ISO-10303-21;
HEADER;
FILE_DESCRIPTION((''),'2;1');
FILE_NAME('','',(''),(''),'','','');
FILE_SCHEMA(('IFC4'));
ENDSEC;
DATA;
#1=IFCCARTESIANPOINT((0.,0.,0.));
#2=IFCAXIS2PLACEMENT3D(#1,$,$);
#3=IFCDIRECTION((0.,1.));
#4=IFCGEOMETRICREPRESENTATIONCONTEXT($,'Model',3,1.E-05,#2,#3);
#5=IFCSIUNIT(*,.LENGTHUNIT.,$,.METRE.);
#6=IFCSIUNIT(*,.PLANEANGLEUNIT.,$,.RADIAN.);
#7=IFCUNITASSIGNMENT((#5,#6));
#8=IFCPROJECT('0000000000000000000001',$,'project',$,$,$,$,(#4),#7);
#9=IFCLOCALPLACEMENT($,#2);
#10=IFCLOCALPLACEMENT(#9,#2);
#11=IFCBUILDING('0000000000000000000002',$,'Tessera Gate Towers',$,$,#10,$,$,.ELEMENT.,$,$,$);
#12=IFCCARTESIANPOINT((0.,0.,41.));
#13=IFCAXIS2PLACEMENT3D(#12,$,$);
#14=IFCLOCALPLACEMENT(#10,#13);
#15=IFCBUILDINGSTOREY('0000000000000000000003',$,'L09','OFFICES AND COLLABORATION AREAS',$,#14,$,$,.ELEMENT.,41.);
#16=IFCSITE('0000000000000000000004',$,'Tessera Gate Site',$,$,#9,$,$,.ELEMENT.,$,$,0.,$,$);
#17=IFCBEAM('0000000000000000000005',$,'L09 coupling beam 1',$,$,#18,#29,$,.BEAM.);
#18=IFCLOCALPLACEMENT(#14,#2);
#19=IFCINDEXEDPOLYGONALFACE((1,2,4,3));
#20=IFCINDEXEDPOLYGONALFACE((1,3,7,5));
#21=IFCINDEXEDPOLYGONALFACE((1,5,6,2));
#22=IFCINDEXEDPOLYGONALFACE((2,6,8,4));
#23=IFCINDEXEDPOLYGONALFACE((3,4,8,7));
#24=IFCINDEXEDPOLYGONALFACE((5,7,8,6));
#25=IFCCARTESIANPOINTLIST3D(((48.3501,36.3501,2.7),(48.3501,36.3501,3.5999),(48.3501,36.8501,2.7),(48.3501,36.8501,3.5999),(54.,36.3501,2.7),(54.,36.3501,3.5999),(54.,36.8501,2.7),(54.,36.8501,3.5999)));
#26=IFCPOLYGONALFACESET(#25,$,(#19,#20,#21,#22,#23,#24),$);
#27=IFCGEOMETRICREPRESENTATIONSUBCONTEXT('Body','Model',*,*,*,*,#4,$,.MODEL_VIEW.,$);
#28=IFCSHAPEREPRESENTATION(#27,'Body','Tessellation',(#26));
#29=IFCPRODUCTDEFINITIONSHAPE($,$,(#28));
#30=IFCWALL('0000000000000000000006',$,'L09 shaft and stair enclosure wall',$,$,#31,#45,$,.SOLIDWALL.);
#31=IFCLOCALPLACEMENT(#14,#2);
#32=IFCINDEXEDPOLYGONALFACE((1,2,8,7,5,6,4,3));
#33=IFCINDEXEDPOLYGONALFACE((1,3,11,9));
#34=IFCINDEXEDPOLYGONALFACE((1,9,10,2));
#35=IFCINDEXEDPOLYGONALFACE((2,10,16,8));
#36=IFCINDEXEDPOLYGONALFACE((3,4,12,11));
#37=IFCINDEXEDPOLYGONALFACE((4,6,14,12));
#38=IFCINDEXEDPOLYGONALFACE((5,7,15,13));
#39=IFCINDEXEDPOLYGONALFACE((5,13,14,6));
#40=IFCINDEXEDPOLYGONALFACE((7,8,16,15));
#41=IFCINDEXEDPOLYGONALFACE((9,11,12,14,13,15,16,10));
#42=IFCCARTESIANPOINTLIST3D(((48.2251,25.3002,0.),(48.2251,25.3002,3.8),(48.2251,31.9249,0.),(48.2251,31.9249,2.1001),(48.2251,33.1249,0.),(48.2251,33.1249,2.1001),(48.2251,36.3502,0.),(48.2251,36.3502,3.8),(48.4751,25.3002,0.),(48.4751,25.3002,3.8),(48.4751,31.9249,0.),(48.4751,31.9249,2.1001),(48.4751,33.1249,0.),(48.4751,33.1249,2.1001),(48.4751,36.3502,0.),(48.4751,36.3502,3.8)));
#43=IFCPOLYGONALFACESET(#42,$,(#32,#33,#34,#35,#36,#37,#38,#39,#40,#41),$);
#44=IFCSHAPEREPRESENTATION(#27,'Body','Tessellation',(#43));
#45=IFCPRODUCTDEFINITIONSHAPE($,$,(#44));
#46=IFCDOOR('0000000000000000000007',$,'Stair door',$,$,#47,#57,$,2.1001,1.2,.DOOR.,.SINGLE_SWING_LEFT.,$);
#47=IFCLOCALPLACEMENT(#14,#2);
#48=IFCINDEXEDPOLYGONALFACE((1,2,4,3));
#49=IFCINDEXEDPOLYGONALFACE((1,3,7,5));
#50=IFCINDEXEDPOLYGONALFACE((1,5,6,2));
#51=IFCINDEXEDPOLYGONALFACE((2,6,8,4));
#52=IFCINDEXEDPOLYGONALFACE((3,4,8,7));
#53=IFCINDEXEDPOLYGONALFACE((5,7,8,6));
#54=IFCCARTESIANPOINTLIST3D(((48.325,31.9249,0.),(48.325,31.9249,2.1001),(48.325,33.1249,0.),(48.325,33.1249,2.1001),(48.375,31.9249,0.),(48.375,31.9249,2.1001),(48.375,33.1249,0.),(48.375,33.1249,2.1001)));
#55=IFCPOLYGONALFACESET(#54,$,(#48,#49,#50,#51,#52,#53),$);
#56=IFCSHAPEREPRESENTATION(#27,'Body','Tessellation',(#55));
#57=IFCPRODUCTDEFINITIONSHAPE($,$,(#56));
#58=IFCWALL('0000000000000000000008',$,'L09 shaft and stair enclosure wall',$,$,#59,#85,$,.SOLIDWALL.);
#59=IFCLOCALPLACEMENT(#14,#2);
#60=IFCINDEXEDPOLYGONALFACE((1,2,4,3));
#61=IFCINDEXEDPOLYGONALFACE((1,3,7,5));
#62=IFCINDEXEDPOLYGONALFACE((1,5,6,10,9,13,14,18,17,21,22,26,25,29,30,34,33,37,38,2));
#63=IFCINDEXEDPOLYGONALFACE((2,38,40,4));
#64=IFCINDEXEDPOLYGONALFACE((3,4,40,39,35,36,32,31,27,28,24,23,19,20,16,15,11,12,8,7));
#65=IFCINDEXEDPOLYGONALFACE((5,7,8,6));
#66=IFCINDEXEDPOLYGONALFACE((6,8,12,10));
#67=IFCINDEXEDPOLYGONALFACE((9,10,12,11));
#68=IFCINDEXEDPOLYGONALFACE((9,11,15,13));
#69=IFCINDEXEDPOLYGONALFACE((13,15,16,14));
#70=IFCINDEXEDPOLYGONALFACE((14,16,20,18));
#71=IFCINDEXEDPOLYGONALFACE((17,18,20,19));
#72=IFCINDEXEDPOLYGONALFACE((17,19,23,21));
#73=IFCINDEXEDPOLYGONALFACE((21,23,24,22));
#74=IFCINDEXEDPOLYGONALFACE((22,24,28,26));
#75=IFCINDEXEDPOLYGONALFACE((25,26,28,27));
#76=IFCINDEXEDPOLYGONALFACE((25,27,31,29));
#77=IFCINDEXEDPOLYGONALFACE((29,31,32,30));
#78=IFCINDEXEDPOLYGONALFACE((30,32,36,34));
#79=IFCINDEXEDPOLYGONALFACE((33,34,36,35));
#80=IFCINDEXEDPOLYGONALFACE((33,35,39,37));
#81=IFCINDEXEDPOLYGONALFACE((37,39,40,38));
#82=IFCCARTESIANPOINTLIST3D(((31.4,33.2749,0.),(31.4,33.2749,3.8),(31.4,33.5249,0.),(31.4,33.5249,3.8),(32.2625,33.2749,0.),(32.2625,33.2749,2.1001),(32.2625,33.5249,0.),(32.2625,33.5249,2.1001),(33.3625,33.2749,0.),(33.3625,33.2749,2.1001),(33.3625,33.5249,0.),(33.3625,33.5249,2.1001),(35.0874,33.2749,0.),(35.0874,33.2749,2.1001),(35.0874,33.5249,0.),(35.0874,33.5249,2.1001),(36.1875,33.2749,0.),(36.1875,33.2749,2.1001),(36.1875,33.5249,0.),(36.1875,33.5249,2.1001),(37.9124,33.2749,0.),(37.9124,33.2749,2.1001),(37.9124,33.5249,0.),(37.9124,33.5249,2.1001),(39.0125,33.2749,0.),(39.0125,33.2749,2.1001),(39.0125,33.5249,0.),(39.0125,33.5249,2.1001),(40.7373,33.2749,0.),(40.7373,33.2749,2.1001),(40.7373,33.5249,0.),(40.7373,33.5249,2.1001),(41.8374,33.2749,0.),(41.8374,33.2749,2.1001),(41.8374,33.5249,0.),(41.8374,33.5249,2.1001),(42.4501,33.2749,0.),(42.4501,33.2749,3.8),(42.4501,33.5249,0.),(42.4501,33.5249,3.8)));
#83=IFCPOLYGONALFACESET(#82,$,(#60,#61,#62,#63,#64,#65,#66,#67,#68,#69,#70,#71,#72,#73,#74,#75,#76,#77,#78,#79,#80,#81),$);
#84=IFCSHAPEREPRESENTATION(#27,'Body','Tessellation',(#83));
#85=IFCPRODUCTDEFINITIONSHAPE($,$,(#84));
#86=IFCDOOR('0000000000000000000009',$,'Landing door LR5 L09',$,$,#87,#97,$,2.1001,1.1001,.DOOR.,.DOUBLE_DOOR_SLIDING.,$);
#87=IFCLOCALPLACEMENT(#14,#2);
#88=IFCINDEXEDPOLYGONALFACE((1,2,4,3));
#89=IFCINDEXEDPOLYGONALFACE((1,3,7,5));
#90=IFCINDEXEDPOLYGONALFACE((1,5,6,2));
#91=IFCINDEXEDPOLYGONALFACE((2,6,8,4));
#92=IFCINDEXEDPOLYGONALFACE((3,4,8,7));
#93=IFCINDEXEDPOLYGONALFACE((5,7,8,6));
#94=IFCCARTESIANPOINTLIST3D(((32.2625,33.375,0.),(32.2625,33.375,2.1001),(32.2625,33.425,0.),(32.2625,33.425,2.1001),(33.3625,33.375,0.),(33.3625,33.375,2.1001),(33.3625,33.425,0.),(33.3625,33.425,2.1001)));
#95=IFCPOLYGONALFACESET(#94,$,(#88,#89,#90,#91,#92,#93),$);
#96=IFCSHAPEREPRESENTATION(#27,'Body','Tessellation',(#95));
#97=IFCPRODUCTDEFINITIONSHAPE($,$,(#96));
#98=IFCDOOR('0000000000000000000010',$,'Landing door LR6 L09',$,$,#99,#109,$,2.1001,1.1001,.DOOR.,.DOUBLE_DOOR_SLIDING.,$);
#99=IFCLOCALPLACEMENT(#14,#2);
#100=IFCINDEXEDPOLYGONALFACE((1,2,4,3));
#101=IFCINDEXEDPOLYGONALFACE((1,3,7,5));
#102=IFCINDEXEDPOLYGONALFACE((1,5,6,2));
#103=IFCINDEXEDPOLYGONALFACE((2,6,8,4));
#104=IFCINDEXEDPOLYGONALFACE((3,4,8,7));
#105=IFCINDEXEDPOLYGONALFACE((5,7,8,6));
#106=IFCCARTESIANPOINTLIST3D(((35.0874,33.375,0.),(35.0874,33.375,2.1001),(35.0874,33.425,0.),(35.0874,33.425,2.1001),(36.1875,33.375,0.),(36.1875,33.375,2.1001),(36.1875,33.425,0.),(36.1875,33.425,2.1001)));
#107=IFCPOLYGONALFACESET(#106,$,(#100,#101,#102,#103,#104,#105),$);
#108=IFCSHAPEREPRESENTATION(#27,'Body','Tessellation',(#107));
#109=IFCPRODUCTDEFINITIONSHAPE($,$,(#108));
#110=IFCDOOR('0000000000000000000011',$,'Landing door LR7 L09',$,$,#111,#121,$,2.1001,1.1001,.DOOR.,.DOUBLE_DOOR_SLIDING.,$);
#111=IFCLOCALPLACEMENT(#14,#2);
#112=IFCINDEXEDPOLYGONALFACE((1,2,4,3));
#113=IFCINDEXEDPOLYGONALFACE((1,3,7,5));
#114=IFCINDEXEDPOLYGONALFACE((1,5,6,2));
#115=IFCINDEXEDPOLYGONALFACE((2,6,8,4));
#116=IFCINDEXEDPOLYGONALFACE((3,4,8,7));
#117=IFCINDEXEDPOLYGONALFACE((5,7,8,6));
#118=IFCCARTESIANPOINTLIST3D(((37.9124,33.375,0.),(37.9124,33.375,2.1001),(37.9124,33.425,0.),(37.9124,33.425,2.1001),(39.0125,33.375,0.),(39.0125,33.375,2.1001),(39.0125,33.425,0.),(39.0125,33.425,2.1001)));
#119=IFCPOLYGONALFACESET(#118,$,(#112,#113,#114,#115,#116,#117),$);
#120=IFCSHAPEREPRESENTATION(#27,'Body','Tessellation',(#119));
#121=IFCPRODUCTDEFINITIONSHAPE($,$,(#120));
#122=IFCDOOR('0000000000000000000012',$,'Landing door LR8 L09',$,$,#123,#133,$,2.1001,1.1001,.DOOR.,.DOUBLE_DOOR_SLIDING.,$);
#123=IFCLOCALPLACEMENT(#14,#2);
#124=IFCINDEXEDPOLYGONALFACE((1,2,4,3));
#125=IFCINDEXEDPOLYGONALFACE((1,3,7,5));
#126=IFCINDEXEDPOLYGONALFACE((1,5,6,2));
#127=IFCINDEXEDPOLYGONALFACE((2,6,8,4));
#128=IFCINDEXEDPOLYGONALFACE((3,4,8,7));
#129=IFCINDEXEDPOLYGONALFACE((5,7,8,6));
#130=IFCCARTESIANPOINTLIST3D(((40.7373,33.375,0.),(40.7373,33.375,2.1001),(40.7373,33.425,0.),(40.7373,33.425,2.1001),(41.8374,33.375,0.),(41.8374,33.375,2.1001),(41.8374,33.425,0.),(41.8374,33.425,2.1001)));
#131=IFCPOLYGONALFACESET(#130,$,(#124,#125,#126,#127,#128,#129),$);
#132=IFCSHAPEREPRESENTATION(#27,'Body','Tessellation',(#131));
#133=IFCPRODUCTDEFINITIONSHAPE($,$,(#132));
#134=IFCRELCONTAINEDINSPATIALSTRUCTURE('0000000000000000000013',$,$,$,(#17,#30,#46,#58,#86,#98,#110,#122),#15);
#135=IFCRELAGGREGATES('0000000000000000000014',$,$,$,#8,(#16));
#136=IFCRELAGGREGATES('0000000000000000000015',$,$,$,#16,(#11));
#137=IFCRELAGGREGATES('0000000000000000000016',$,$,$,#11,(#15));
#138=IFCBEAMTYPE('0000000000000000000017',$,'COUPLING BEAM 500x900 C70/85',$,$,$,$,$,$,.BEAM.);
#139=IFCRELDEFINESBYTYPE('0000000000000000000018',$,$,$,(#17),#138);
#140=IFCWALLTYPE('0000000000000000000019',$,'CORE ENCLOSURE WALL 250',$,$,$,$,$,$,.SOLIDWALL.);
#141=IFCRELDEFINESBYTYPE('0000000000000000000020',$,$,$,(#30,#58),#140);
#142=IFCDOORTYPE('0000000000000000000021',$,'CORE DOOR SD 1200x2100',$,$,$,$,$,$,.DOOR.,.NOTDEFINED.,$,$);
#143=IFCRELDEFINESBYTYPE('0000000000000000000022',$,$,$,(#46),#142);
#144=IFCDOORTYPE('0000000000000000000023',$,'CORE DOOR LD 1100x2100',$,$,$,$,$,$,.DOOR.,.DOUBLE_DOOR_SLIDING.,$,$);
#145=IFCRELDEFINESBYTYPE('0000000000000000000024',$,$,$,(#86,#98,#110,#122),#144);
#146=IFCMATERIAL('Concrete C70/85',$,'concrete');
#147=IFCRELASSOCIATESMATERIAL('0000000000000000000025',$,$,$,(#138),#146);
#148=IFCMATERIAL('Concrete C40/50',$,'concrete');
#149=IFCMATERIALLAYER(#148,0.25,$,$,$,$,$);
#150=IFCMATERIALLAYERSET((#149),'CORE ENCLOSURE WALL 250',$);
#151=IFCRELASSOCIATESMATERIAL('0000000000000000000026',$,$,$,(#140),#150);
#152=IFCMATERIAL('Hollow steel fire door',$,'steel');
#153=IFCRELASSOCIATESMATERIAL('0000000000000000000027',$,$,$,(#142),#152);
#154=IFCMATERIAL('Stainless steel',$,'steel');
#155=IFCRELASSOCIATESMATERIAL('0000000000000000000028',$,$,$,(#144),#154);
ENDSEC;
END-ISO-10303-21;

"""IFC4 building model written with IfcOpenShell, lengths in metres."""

from ifc_helpers import new_model, si_unit, direction, frame, frame_2d, origin, origin_2d, place, context, subcontext, project, spatial, rectangle, extrude, source, transform, mapped, material, layer, layer_set, material_profile, profile_set, type_object, element, fill, save


model = new_model("IFC4")

# Units and contexts
model_context = context("Model", 3, precision=1e-05, world=origin(), true_north=direction((0.0, 1.0)))
body_context = subcontext(model_context, "Body", "Model", "MODEL_VIEW")
ifc_project = project(units=[si_unit("LENGTHUNIT", "METRE"), si_unit("PLANEANGLEUNIT", "RADIAN")], contexts=[model_context])

# Site, building, storey
site_placement = place(None, origin())
site = spatial("IfcSite", under=ifc_project, at=site_placement, Name="Tessera Gate Site", CompositionType="ELEMENT", RefElevation=0.0)
building_placement = place(site_placement, origin())
building = spatial("IfcBuilding", under=site, at=building_placement, Name="Tessera Gate Towers", CompositionType="ELEMENT")
storey_placement = place(building_placement, frame((0.0, 0.0, 41.0)))
storey = spatial("IfcBuildingStorey", under=building, at=storey_placement, Name="L09", Description="OFFICES AND COLLABORATION AREAS", CompositionType="ELEMENT", Elevation=41.0)

# Beam
ifc_material_1 = material(Name="Concrete C70/85", Category="concrete")
ifc_material_profile = material_profile(ifc_material_1, rectangle(XDim=0.5, YDim=0.8999, at=origin_2d()), Name="RC 500x900")
ifc_profile_set = profile_set([ifc_material_profile], Name="Concrete C70/85")
beam_type = type_object("IfcBeamType", Name="COUPLING BEAM 500x900 C70/85", PredefinedType="BEAM", material=ifc_profile_set)
beam_placement = place(storey_placement, frame((48.3501, 36.6001, 3.1499), z_axis=(1.0, 0.0, 0.0), x_axis=(0.0, 1.0, 0.0)))
element("IfcBeam", 1, at=beam_placement, inside=storey, type_object=beam_type, Name="L09 coupling beam 1", PredefinedType="BEAM", context=body_context, shape_type="SweptSolid", body=[
    extrude(rectangle(XDim=0.5, YDim=0.8999, at=origin_2d()), origin(), (0.0, 0.0, 1.0), 5.6499),
])

# Wall, opening, door
ifc_material_2 = material(Name="Concrete C40/50", Category="concrete")
ifc_layer_1 = layer(ifc_material_2, 0.25)
ifc_layer_set_1 = layer_set([ifc_layer_1], Name="CORE ENCLOSURE WALL 250")
wall_type_1 = type_object("IfcWallType", Name="CORE ENCLOSURE WALL 250", PredefinedType="SOLIDWALL", material=ifc_layer_set_1)
wall_1_placement = place(storey_placement, frame((48.3501, 36.3501, 0.0), z_axis=(0.0, 0.0, 1.0), x_axis=(0.0, -1.0, 0.0)))
wall_1 = element("IfcWall", 2, at=wall_1_placement, inside=storey, type_object=wall_type_1, Name="L09 shaft and stair enclosure wall", PredefinedType="SOLIDWALL", context=body_context, shape_type="SweptSolid", body=[
    extrude(rectangle(XDim=11.05, YDim=0.25, at=frame_2d((5.5249, 0.0))), origin(), (0.0, 0.0, 1.0), 3.8),
])
shared_shape_1 = source(origin(), body_context, "Body", "SweptSolid", [
    extrude(rectangle(XDim=1.2, YDim=2.1001, at=frame_2d((0.6001, 1.05))), frame((0.0, 0.135, 0.0), z_axis=(0.0, -1.0, 0.0), x_axis=(1.0, 0.0, 0.0)), (0.0, 0.0, 1.0), 0.27),
])
opening_1_placement = place(wall_1_placement, frame((3.2251, 0.0, 0.0)))
opening_1 = element("IfcOpeningElement", 3, at=opening_1_placement, cuts=wall_1, PredefinedType="OPENING", context=body_context, shape_type="MappedRepresentation", body=[
    mapped(shared_shape_1, transform((0.0, 0.0, 0.0), scale=1.0)),
])
ifc_material_3 = material(Name="Hollow steel fire door", Category="steel")
door_type_1 = type_object("IfcDoorType", Name="CORE DOOR SD 1200x2100", OperationType="NOTDEFINED", PredefinedType="DOOR", material=ifc_material_3)
shared_shape_2 = source(origin(), body_context, "Body", "SweptSolid", [
    extrude(rectangle(XDim=1.2, YDim=2.1001, at=frame_2d((0.6001, 1.05))), frame((0.0, 0.0249, 0.0), z_axis=(0.0, -1.0, 0.0), x_axis=(1.0, 0.0, 0.0)), (0.0, 0.0, 1.0), 0.05),
])
door_1_placement = place(opening_1_placement, origin())
door_1 = element("IfcDoor", 4, at=door_1_placement, inside=storey, type_object=door_type_1, Name="Stair door", OperationType="SINGLE_SWING_LEFT", OverallHeight=2.1001, OverallWidth=1.2, PredefinedType="DOOR", context=body_context, shape_type="MappedRepresentation", body=[
    mapped(shared_shape_2, transform((0.0, 0.0, 0.0), scale=1.0)),
])
fill(opening_1, door_1)

# Wall, openings, doors
wall_2_placement = place(storey_placement, frame((42.45, 33.3999, 0.0), z_axis=(0.0, 0.0, 1.0), x_axis=(-1.0, 0.0, 0.0)))
wall_2 = element("IfcWall", 5, at=wall_2_placement, inside=storey, type_object=wall_type_1, Name="L09 shaft and stair enclosure wall", PredefinedType="SOLIDWALL", context=body_context, shape_type="SweptSolid", body=[
    extrude(rectangle(XDim=11.05, YDim=0.25, at=frame_2d((5.5249, 0.0))), origin(), (0.0, 0.0, 1.0), 3.8),
])
shared_shape_3 = source(origin(), body_context, "Body", "SweptSolid", [
    extrude(rectangle(XDim=1.1001, YDim=2.1001, at=frame_2d((0.55, 1.05))), frame((0.0, 0.135, 0.0), z_axis=(0.0, -1.0, 0.0), x_axis=(1.0, 0.0, 0.0)), (0.0, 0.0, 1.0), 0.27),
])
opening_2_placement = place(wall_2_placement, frame((9.0874, 0.0, 0.0)))
opening_2 = element("IfcOpeningElement", 6, at=opening_2_placement, cuts=wall_2, PredefinedType="OPENING", context=body_context, shape_type="MappedRepresentation", body=[
    mapped(shared_shape_3, transform((0.0, 0.0, 0.0), scale=1.0)),
])
opening_3_placement = place(wall_2_placement, frame((6.2625, 0.0, 0.0)))
opening_3 = element("IfcOpeningElement", 7, at=opening_3_placement, cuts=wall_2, PredefinedType="OPENING", context=body_context, shape_type="MappedRepresentation", body=[
    mapped(shared_shape_3, transform((0.0, 0.0, 0.0), scale=1.0)),
])
opening_4_placement = place(wall_2_placement, frame((3.4375, 0.0, 0.0)))
opening_4 = element("IfcOpeningElement", 8, at=opening_4_placement, cuts=wall_2, PredefinedType="OPENING", context=body_context, shape_type="MappedRepresentation", body=[
    mapped(shared_shape_3, transform((0.0, 0.0, 0.0), scale=1.0)),
])
opening_5_placement = place(wall_2_placement, frame((0.6125, 0.0, 0.0)))
opening_5 = element("IfcOpeningElement", 9, at=opening_5_placement, cuts=wall_2, PredefinedType="OPENING", context=body_context, shape_type="MappedRepresentation", body=[
    mapped(shared_shape_3, transform((0.0, 0.0, 0.0), scale=1.0)),
])
ifc_material_4 = material(Name="Stainless steel", Category="steel")
door_type_2 = type_object("IfcDoorType", Name="CORE DOOR LD 1100x2100", OperationType="DOUBLE_DOOR_SLIDING", PredefinedType="DOOR", material=ifc_material_4)
shared_shape_4 = source(origin(), body_context, "Body", "SweptSolid", [
    extrude(rectangle(XDim=1.1001, YDim=2.1001, at=frame_2d((0.55, 1.05))), frame((0.0, 0.0249, 0.0), z_axis=(0.0, -1.0, 0.0), x_axis=(1.0, 0.0, 0.0)), (0.0, 0.0, 1.0), 0.05),
])
door_2_placement = place(opening_2_placement, origin())
door_2 = element("IfcDoor", 10, at=door_2_placement, inside=storey, type_object=door_type_2, Name="Landing door LR5 L09", OperationType="DOUBLE_DOOR_SLIDING", OverallHeight=2.1001, OverallWidth=1.1001, PredefinedType="DOOR", context=body_context, shape_type="MappedRepresentation", body=[
    mapped(shared_shape_4, transform((0.0, 0.0, 0.0), scale=1.0)),
])
fill(opening_2, door_2)
door_3_placement = place(opening_3_placement, origin())
door_3 = element("IfcDoor", 11, at=door_3_placement, inside=storey, type_object=door_type_2, Name="Landing door LR6 L09", OperationType="DOUBLE_DOOR_SLIDING", OverallHeight=2.1001, OverallWidth=1.1001, PredefinedType="DOOR", context=body_context, shape_type="MappedRepresentation", body=[
    mapped(shared_shape_4, transform((0.0, 0.0, 0.0), scale=1.0)),
])
fill(opening_3, door_3)
door_4_placement = place(opening_4_placement, origin())
door_4 = element("IfcDoor", 12, at=door_4_placement, inside=storey, type_object=door_type_2, Name="Landing door LR7 L09", OperationType="DOUBLE_DOOR_SLIDING", OverallHeight=2.1001, OverallWidth=1.1001, PredefinedType="DOOR", context=body_context, shape_type="MappedRepresentation", body=[
    mapped(shared_shape_4, transform((0.0, 0.0, 0.0), scale=1.0)),
])
fill(opening_4, door_4)
door_5_placement = place(opening_5_placement, origin())
door_5 = element("IfcDoor", 13, at=door_5_placement, inside=storey, type_object=door_type_2, Name="Landing door LR8 L09", OperationType="DOUBLE_DOOR_SLIDING", OverallHeight=2.1001, OverallWidth=1.1001, PredefinedType="DOOR", context=body_context, shape_type="MappedRepresentation", body=[
    mapped(shared_shape_4, transform((0.0, 0.0, 0.0), scale=1.0)),
])
fill(opening_5, door_5)

save(model, "model.ifc")
